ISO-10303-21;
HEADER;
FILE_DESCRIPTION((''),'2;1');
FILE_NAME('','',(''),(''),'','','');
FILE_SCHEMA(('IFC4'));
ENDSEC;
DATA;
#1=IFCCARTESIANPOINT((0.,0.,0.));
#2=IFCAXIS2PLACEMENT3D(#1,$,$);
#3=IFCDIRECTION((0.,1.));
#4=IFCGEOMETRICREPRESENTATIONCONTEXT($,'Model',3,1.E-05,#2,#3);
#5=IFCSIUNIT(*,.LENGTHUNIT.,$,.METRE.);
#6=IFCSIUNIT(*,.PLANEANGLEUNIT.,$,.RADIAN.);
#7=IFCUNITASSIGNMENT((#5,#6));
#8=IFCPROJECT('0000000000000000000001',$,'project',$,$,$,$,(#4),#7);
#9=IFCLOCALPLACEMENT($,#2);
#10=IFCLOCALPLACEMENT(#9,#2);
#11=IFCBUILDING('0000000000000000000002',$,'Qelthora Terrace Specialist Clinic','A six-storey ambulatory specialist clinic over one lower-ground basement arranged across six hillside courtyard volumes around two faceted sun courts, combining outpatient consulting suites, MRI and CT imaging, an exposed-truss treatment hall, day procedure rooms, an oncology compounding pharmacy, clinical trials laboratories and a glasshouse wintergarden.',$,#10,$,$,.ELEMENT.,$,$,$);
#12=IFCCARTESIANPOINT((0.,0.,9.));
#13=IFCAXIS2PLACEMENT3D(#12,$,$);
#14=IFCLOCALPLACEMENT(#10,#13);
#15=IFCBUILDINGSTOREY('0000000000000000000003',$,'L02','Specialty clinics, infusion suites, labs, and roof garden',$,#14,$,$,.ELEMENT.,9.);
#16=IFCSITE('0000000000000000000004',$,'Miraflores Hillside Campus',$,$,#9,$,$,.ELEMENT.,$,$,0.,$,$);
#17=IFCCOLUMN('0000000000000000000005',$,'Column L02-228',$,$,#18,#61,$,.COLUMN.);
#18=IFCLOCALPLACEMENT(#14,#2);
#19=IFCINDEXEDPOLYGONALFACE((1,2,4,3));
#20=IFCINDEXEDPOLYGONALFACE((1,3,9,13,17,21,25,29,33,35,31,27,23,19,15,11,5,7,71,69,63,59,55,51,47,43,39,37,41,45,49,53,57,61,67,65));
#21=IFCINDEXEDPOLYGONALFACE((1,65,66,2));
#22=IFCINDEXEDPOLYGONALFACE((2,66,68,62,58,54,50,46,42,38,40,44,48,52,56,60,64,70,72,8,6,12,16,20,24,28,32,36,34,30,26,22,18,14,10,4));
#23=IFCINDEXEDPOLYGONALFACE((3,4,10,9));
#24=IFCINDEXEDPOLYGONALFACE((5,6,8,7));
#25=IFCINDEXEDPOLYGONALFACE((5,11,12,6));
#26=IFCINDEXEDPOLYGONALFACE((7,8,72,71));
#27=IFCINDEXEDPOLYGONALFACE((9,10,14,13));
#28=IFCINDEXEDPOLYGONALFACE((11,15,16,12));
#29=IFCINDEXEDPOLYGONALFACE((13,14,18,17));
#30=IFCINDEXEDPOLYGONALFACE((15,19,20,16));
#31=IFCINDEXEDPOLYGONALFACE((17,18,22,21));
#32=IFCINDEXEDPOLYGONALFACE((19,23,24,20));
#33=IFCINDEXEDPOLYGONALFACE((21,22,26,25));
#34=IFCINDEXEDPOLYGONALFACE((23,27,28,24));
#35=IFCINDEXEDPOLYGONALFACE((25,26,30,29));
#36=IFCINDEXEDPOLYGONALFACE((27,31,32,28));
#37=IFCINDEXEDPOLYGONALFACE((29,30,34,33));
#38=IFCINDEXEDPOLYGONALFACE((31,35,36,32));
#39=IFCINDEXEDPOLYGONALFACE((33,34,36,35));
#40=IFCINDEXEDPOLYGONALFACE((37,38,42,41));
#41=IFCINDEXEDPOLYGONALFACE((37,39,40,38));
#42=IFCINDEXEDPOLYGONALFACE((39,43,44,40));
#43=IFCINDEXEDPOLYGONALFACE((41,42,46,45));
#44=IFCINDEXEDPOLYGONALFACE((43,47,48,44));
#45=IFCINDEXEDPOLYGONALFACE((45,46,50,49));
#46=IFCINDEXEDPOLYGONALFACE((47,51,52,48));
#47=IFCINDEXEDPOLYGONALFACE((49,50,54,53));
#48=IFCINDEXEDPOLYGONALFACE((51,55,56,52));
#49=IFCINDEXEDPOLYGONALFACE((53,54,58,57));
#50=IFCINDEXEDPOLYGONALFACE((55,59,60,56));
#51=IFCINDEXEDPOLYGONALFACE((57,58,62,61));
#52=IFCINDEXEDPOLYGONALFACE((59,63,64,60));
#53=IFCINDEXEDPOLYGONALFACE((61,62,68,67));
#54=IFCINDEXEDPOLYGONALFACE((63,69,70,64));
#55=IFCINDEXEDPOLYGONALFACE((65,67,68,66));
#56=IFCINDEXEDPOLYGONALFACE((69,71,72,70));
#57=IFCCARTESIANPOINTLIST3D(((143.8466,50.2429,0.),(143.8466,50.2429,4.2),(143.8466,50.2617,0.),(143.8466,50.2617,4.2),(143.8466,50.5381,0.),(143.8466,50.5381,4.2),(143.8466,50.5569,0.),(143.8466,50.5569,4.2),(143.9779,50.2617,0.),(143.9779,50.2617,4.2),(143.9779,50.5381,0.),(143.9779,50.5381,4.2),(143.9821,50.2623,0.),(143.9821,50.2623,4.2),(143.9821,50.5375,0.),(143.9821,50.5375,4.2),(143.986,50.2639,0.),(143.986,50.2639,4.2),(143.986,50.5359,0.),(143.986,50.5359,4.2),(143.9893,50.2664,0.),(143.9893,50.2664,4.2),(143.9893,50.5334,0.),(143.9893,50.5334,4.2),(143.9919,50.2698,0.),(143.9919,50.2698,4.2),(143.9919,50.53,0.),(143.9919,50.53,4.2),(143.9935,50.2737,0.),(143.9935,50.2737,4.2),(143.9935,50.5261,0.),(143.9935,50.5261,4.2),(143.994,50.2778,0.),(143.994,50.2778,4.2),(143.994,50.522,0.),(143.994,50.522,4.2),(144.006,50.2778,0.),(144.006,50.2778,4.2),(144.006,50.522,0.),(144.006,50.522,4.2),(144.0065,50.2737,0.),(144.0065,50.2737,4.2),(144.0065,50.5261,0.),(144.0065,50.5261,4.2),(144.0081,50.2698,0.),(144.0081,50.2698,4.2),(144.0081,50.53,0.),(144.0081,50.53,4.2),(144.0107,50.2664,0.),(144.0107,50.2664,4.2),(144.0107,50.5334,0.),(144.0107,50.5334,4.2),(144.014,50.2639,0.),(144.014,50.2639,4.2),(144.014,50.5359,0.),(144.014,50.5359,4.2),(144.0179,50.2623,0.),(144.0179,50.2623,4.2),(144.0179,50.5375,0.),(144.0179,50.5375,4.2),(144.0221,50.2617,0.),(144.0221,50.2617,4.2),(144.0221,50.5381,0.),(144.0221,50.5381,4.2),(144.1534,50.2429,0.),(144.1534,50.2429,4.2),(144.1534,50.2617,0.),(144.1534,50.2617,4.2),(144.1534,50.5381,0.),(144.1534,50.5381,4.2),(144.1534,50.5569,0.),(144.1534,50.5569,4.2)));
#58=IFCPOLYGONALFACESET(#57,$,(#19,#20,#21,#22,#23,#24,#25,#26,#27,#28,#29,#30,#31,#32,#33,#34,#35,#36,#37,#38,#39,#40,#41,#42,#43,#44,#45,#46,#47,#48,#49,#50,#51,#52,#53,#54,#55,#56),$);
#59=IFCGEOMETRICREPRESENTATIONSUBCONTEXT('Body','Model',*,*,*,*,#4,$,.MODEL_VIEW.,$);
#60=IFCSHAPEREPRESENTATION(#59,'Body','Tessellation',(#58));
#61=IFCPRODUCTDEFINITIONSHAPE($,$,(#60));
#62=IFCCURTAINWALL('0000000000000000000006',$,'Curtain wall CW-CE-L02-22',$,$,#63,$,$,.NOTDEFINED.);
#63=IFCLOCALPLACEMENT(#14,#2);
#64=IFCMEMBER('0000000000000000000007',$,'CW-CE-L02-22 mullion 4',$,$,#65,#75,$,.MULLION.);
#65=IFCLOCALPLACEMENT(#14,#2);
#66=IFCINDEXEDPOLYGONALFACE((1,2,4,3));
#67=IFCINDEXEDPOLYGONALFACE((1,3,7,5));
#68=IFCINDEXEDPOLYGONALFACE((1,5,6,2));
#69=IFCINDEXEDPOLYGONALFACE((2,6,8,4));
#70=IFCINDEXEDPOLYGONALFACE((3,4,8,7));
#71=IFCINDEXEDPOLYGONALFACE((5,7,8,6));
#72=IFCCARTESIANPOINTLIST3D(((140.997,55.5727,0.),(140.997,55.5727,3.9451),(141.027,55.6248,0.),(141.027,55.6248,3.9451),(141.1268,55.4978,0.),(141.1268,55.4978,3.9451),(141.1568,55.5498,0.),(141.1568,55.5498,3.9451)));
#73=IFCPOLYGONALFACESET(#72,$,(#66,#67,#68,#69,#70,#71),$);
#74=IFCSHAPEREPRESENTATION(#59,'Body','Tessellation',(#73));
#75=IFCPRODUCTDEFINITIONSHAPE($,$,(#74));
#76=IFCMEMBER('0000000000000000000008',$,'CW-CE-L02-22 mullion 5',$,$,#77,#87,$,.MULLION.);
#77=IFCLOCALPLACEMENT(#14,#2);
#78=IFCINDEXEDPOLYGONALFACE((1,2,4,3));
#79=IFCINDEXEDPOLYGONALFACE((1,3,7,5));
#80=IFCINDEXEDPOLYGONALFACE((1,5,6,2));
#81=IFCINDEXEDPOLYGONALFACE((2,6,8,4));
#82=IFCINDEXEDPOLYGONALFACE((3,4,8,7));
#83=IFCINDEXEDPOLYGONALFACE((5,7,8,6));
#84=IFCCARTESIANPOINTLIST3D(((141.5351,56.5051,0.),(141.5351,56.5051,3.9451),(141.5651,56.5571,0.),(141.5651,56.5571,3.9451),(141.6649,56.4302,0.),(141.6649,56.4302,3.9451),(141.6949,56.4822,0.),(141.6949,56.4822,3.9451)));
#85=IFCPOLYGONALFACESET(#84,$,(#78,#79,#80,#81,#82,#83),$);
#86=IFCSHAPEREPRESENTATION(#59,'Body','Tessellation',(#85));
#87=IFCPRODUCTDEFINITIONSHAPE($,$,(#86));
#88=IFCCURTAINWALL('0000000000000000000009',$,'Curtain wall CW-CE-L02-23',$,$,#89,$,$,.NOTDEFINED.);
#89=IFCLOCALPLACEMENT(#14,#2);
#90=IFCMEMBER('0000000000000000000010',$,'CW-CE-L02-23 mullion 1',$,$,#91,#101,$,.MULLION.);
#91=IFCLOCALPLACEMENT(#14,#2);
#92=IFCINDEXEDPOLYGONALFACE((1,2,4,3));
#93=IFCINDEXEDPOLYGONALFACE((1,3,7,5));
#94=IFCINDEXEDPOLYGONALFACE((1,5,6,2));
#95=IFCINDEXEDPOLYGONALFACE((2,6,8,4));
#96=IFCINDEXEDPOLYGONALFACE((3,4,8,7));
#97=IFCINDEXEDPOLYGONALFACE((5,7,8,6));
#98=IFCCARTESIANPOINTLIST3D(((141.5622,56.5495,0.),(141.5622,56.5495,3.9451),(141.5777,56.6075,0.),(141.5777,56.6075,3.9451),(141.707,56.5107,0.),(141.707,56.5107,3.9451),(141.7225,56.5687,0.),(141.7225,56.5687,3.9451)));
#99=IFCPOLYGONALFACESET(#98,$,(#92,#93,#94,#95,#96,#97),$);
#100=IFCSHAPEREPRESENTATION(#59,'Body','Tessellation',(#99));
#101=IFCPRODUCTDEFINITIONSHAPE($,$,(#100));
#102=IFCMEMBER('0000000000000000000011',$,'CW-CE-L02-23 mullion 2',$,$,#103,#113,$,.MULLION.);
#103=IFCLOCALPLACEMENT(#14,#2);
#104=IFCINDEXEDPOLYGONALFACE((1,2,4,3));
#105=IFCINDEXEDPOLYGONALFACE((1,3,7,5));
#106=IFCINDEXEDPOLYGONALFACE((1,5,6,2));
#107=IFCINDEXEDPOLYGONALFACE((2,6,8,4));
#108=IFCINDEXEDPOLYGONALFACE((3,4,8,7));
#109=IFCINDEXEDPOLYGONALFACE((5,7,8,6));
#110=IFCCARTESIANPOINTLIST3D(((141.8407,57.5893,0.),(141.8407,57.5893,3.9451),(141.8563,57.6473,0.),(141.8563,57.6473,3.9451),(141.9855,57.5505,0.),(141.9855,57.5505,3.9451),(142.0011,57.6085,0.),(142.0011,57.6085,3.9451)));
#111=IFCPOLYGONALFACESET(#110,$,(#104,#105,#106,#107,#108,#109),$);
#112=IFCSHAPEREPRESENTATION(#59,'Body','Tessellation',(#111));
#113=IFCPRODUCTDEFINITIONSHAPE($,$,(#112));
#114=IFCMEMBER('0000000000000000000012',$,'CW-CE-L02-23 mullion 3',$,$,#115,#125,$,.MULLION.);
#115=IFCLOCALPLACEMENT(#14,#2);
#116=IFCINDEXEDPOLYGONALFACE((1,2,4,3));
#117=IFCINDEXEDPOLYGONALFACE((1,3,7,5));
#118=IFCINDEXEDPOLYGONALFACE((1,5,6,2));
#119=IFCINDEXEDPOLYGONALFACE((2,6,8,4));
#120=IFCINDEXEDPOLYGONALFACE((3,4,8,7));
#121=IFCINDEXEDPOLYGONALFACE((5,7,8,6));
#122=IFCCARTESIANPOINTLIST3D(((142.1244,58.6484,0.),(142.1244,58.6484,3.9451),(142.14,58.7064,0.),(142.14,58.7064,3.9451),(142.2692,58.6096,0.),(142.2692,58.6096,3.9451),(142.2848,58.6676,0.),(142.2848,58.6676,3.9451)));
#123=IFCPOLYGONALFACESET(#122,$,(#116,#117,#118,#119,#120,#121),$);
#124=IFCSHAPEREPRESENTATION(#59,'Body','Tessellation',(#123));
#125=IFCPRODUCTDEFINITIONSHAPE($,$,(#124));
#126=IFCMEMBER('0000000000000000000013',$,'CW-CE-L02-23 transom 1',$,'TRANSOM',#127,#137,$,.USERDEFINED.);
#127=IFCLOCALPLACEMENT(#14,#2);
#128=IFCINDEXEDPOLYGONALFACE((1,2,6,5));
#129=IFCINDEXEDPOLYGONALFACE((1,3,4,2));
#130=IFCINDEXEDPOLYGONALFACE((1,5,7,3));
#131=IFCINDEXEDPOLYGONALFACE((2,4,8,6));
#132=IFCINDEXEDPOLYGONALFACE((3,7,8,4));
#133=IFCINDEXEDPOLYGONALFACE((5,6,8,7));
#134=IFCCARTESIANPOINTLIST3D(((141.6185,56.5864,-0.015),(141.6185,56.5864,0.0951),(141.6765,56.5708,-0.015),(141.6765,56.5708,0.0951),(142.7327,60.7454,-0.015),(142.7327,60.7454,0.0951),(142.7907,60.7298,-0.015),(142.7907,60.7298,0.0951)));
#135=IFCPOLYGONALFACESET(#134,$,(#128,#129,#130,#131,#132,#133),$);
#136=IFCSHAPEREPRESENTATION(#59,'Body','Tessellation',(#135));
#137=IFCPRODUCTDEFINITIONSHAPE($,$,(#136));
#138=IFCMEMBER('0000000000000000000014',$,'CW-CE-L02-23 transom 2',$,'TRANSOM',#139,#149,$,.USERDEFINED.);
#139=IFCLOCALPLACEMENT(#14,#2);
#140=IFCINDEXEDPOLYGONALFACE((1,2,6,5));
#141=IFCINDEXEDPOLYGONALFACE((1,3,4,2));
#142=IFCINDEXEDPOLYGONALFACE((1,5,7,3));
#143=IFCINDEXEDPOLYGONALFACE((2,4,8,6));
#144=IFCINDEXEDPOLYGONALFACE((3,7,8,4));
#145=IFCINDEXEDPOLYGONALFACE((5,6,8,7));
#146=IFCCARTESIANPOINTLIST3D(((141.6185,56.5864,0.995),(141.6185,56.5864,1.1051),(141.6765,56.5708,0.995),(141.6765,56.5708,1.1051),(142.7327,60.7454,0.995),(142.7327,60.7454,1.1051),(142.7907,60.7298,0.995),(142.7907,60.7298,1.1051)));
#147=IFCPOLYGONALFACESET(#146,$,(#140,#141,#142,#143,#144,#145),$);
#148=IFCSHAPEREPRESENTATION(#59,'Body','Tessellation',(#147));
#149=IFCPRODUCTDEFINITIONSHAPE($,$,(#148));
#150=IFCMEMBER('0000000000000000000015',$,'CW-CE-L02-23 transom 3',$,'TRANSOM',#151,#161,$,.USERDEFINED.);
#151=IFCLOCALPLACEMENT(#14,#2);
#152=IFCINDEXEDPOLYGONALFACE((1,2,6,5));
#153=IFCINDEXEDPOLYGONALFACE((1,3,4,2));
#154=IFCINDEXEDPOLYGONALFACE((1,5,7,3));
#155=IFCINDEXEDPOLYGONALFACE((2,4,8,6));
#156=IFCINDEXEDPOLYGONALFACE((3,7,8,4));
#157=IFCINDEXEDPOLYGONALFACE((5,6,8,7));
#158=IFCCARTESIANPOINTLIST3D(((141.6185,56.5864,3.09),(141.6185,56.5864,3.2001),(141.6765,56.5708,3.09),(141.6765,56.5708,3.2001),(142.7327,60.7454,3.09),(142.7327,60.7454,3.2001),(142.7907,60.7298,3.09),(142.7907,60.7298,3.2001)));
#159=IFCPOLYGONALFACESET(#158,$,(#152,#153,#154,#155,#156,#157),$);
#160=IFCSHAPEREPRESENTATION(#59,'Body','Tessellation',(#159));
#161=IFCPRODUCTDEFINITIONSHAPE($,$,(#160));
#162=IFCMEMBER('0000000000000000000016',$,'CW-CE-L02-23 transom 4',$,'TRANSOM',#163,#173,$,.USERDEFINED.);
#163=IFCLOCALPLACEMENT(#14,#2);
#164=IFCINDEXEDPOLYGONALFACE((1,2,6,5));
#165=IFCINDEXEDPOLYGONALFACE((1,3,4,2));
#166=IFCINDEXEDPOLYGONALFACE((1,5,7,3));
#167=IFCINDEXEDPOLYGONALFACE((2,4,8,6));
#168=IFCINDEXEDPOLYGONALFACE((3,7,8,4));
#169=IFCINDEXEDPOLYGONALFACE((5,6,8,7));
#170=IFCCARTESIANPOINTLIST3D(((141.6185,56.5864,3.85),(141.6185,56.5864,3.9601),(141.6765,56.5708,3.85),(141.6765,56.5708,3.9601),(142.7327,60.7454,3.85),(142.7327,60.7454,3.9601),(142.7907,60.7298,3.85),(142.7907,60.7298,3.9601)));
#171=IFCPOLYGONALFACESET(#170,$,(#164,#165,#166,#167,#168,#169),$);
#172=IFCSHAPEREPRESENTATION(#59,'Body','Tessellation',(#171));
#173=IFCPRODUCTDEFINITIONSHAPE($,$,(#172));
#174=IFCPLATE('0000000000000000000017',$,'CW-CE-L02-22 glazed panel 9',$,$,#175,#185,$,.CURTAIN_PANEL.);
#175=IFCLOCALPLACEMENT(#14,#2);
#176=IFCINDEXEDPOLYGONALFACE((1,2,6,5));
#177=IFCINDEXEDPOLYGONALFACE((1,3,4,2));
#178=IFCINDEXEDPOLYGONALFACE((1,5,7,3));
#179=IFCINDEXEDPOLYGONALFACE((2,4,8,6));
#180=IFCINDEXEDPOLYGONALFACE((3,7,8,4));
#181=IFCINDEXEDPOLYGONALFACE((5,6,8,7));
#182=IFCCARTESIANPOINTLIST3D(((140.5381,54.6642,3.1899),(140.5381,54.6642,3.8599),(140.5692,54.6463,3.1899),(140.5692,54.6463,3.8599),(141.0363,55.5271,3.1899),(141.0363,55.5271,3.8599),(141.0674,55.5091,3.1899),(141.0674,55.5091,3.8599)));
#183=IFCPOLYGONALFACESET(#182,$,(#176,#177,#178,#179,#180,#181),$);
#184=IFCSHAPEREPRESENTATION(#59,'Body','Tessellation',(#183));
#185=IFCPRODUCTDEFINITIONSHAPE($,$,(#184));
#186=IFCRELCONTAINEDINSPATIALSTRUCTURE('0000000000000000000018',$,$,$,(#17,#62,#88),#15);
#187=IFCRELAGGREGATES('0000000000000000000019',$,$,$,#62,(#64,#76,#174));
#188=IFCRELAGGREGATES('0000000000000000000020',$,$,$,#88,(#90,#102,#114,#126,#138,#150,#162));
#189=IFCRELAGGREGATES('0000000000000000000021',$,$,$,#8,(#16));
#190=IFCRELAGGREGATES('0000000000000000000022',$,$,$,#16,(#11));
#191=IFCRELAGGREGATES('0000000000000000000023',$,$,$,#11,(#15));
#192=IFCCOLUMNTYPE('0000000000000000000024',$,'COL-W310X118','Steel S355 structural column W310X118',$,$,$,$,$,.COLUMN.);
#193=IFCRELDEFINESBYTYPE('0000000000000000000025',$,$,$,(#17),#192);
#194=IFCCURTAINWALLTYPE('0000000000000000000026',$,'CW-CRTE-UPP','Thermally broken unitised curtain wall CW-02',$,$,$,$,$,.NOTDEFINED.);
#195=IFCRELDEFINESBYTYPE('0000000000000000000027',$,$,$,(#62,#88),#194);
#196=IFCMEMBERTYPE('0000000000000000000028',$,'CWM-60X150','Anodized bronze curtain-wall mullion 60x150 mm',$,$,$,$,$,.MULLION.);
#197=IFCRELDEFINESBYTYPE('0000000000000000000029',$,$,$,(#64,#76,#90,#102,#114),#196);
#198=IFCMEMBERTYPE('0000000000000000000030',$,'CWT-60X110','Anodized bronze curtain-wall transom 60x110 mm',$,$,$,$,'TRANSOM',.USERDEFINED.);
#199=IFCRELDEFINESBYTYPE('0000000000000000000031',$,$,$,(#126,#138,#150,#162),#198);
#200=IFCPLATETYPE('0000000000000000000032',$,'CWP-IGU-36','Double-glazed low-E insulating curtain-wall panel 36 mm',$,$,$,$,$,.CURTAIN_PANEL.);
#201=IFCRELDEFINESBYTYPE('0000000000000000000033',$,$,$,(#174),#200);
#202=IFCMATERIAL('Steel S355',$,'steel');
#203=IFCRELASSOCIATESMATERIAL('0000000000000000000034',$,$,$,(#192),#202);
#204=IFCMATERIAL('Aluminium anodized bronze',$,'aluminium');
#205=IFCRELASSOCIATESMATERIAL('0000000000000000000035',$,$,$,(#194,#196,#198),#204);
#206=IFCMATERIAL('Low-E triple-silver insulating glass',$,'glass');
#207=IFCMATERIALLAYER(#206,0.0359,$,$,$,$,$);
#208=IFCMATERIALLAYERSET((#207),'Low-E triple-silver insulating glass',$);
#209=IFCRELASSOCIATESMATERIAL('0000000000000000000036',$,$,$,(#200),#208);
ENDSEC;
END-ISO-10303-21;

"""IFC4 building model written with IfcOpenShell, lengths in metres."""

from ifc_helpers import new_model, si_unit, direction, frame, origin, origin_2d, place, context, subcontext, project, spatial, rectangle, i_section, extrude, material, layer, layer_set, material_profile, profile_set, type_object, element, aggregate, save


model = new_model("IFC4")

# Units and contexts
model_context = context("Model", 3, precision=1e-05, world=origin(), true_north=direction((0.0, 1.0)))
body_context = subcontext(model_context, "Body", "Model", "MODEL_VIEW")
ifc_project = project(units=[si_unit("LENGTHUNIT", "METRE"), si_unit("PLANEANGLEUNIT", "RADIAN")], contexts=[model_context])

# Site, building, storey
site_placement = place(None, origin())
site = spatial("IfcSite", under=ifc_project, at=site_placement, Name="Miraflores Hillside Campus", CompositionType="ELEMENT", RefElevation=0.0)
building_placement = place(site_placement, origin())
building = spatial("IfcBuilding", under=site, at=building_placement, Name="Qelthora Terrace Specialist Clinic", Description="A six-storey ambulatory specialist clinic over one lower-ground basement arranged across six hillside courtyard volumes around two faceted sun courts, combining outpatient consulting suites, MRI and CT imaging, an exposed-truss treatment hall, day procedure rooms, an oncology compounding pharmacy, clinical trials laboratories and a glasshouse wintergarden.", CompositionType="ELEMENT")
storey_placement = place(building_placement, frame((0.0, 0.0, 9.0)))
storey = spatial("IfcBuildingStorey", under=building, at=storey_placement, Name="L02", Description="Specialty clinics, infusion suites, labs, and roof garden", CompositionType="ELEMENT", Elevation=9.0)

# Column
ifc_material_1 = material(Name="Steel S355", Category="steel")
ifc_material_profile_1 = material_profile(ifc_material_1, i_section(OverallWidth=0.3069, OverallDepth=0.314, WebThickness=0.012, FlangeThickness=0.0188, FilletRadius=0.0161, at=origin_2d()), Name="W310X118")
ifc_profile_set_1 = profile_set([ifc_material_profile_1], Name="Steel S355")
column_type = type_object("IfcColumnType", Name="COL-W310X118", Description="Steel S355 structural column W310X118", PredefinedType="COLUMN", material=ifc_profile_set_1)
column_placement = place(storey_placement, frame((144.0, 50.3999, 0.0), z_axis=(0.0, 0.0, 1.0), x_axis=(1.0, 0.0, 0.0)))
element("IfcColumn", 1, at=column_placement, inside=storey, type_object=column_type, Name="Column L02-228", PredefinedType="COLUMN", context=body_context, shape_type="SweptSolid", body=[
    extrude(i_section(OverallWidth=0.3069, OverallDepth=0.314, WebThickness=0.012, FlangeThickness=0.0188, FilletRadius=0.0161, at=origin_2d()), origin(), (0.0, 0.0, 1.0), 4.2),
])

# Curtain walls, members
ifc_material_2 = material(Name="Aluminium anodized bronze", Category="aluminium")
curtain_wall_type = type_object("IfcCurtainWallType", Name="CW-CRTE-UPP", Description="Thermally broken unitised curtain wall CW-02", PredefinedType="NOTDEFINED", material=ifc_material_2)
curtain_wall_1_placement = place(storey_placement, origin())
curtain_wall_1 = element("IfcCurtainWall", 2, at=curtain_wall_1_placement, inside=storey, type_object=curtain_wall_type, Name="Curtain wall CW-CE-L02-22", PredefinedType="NOTDEFINED")
ifc_material_profile_2 = material_profile(ifc_material_2, rectangle(XDim=0.0601, YDim=0.1499, at=origin_2d()), Name="CWM60X150")
ifc_profile_set_2 = profile_set([ifc_material_profile_2], Name="Aluminium anodized bronze")
member_type_1 = type_object("IfcMemberType", Name="CWM-60X150", Description="Anodized bronze curtain-wall mullion 60x150 mm", PredefinedType="MULLION", material=ifc_profile_set_2)
member_1_placement = place(storey_placement, frame((141.0769, 55.5613, 0.0), z_axis=(0.0, 0.0, 1.0), x_axis=(0.5, 0.866025, 0.0)))
member_1 = element("IfcMember", 3, at=member_1_placement, type_object=member_type_1, Name="CW-CE-L02-22 mullion 4", PredefinedType="MULLION", context=body_context, shape_type="SweptSolid", body=[
    extrude(rectangle(XDim=0.0601, YDim=0.1499, at=origin_2d()), origin(), (0.0, 0.0, 1.0), 3.9451),
])
member_2_placement = place(storey_placement, frame((141.615, 56.4937, 0.0), z_axis=(0.0, 0.0, 1.0), x_axis=(0.5, 0.866025, 0.0)))
member_2 = element("IfcMember", 4, at=member_2_placement, type_object=member_type_1, Name="CW-CE-L02-22 mullion 5", PredefinedType="MULLION", context=body_context, shape_type="SweptSolid", body=[
    extrude(rectangle(XDim=0.0601, YDim=0.1499, at=origin_2d()), origin(), (0.0, 0.0, 1.0), 3.9451),
])
curtain_wall_2_placement = place(storey_placement, origin())
curtain_wall_2 = element("IfcCurtainWall", 5, at=curtain_wall_2_placement, inside=storey, type_object=curtain_wall_type, Name="Curtain wall CW-CE-L02-23", PredefinedType="NOTDEFINED")
member_3_placement = place(storey_placement, frame((141.6423, 56.5591, 0.0), z_axis=(0.0, 0.0, 1.0), x_axis=(0.25882, 0.965926, 0.0)))
member_3 = element("IfcMember", 6, at=member_3_placement, type_object=member_type_1, Name="CW-CE-L02-23 mullion 1", PredefinedType="MULLION", context=body_context, shape_type="SweptSolid", body=[
    extrude(rectangle(XDim=0.0601, YDim=0.1499, at=origin_2d()), origin(), (0.0, 0.0, 1.0), 3.9451),
])
member_4_placement = place(storey_placement, frame((141.9209, 57.5989, 0.0), z_axis=(0.0, 0.0, 1.0), x_axis=(0.25882, 0.965926, 0.0)))
member_4 = element("IfcMember", 7, at=member_4_placement, type_object=member_type_1, Name="CW-CE-L02-23 mullion 2", PredefinedType="MULLION", context=body_context, shape_type="SweptSolid", body=[
    extrude(rectangle(XDim=0.0601, YDim=0.1499, at=origin_2d()), origin(), (0.0, 0.0, 1.0), 3.9451),
])
member_5_placement = place(storey_placement, frame((142.2046, 58.658, 0.0), z_axis=(0.0, 0.0, 1.0), x_axis=(0.25882, 0.965926, 0.0)))
member_5 = element("IfcMember", 8, at=member_5_placement, type_object=member_type_1, Name="CW-CE-L02-23 mullion 3", PredefinedType="MULLION", context=body_context, shape_type="SweptSolid", body=[
    extrude(rectangle(XDim=0.0601, YDim=0.1499, at=origin_2d()), origin(), (0.0, 0.0, 1.0), 3.9451),
])
ifc_material_profile_3 = material_profile(ifc_material_2, rectangle(XDim=0.0601, YDim=0.1101, at=origin_2d()), Name="CWT60X110")
ifc_profile_set_3 = profile_set([ifc_material_profile_3], Name="Aluminium anodized bronze")
member_type_2 = type_object("IfcMemberType", Name="CWT-60X110", Description="Anodized bronze curtain-wall transom 60x110 mm", ElementType="TRANSOM", PredefinedType="USERDEFINED", material=ifc_profile_set_3)
member_6_placement = place(storey_placement, frame((141.6475, 56.5786, 0.04), z_axis=(0.258792, 0.965933, 0.0), x_axis=(-0.965933, 0.258792, 0.0)))
member_6 = element("IfcMember", 9, at=member_6_placement, type_object=member_type_2, Name="CW-CE-L02-23 transom 1", ObjectType="TRANSOM", PredefinedType="USERDEFINED", context=body_context, shape_type="SweptSolid", body=[
    extrude(rectangle(XDim=0.0601, YDim=0.1101, at=origin_2d()), origin(), (0.0, 0.0, 1.0), 4.3057),
])
member_7_placement = place(storey_placement, frame((141.6475, 56.5786, 1.05), z_axis=(0.258792, 0.965933, 0.0), x_axis=(-0.965933, 0.258792, 0.0)))
member_7 = element("IfcMember", 10, at=member_7_placement, type_object=member_type_2, Name="CW-CE-L02-23 transom 2", ObjectType="TRANSOM", PredefinedType="USERDEFINED", context=body_context, shape_type="SweptSolid", body=[
    extrude(rectangle(XDim=0.0601, YDim=0.1101, at=origin_2d()), origin(), (0.0, 0.0, 1.0), 4.3057),
])
member_8_placement = place(storey_placement, frame((141.6475, 56.5786, 3.145), z_axis=(0.258792, 0.965933, 0.0), x_axis=(-0.965933, 0.258792, 0.0)))
member_8 = element("IfcMember", 11, at=member_8_placement, type_object=member_type_2, Name="CW-CE-L02-23 transom 3", ObjectType="TRANSOM", PredefinedType="USERDEFINED", context=body_context, shape_type="SweptSolid", body=[
    extrude(rectangle(XDim=0.0601, YDim=0.1101, at=origin_2d()), origin(), (0.0, 0.0, 1.0), 4.3057),
])
member_9_placement = place(storey_placement, frame((141.6475, 56.5786, 3.905), z_axis=(0.258792, 0.965933, 0.0), x_axis=(-0.965933, 0.258792, 0.0)))
member_9 = element("IfcMember", 12, at=member_9_placement, type_object=member_type_2, Name="CW-CE-L02-23 transom 4", ObjectType="TRANSOM", PredefinedType="USERDEFINED", context=body_context, shape_type="SweptSolid", body=[
    extrude(rectangle(XDim=0.0601, YDim=0.1101, at=origin_2d()), origin(), (0.0, 0.0, 1.0), 4.3057),
])

# Plate
ifc_material_3 = material(Name="Low-E triple-silver insulating glass", Category="glass")
ifc_layer_1 = layer(ifc_material_3, 0.0359)
ifc_layer_set_1 = layer_set([ifc_layer_1], Name="Low-E triple-silver insulating glass")
plate_type = type_object("IfcPlateType", Name="CWP-IGU-36", Description="Double-glazed low-E insulating curtain-wall panel 36 mm", PredefinedType="CURTAIN_PANEL", material=ifc_layer_set_1)
plate_1_placement = place(storey_placement, frame((140.8027, 55.0867, 3.1899), z_axis=(0.0, 0.0, 1.0), x_axis=(0.5, 0.866025, 0.0)))
plate_1 = element("IfcPlate", 13, at=plate_1_placement, type_object=plate_type, Name="CW-CE-L02-22 glazed panel 9", PredefinedType="CURTAIN_PANEL", context=body_context, shape_type="SweptSolid", body=[
    extrude(rectangle(XDim=0.9963, YDim=0.0359, at=origin_2d()), origin(), (0.0, 0.0, 1.0), 0.6699),
])
aggregate(curtain_wall_1, [member_1, member_2, plate_1])
aggregate(curtain_wall_2, [member_3, member_4, member_5, member_6, member_7, member_8, member_9])

save(model, "model.ifc")
